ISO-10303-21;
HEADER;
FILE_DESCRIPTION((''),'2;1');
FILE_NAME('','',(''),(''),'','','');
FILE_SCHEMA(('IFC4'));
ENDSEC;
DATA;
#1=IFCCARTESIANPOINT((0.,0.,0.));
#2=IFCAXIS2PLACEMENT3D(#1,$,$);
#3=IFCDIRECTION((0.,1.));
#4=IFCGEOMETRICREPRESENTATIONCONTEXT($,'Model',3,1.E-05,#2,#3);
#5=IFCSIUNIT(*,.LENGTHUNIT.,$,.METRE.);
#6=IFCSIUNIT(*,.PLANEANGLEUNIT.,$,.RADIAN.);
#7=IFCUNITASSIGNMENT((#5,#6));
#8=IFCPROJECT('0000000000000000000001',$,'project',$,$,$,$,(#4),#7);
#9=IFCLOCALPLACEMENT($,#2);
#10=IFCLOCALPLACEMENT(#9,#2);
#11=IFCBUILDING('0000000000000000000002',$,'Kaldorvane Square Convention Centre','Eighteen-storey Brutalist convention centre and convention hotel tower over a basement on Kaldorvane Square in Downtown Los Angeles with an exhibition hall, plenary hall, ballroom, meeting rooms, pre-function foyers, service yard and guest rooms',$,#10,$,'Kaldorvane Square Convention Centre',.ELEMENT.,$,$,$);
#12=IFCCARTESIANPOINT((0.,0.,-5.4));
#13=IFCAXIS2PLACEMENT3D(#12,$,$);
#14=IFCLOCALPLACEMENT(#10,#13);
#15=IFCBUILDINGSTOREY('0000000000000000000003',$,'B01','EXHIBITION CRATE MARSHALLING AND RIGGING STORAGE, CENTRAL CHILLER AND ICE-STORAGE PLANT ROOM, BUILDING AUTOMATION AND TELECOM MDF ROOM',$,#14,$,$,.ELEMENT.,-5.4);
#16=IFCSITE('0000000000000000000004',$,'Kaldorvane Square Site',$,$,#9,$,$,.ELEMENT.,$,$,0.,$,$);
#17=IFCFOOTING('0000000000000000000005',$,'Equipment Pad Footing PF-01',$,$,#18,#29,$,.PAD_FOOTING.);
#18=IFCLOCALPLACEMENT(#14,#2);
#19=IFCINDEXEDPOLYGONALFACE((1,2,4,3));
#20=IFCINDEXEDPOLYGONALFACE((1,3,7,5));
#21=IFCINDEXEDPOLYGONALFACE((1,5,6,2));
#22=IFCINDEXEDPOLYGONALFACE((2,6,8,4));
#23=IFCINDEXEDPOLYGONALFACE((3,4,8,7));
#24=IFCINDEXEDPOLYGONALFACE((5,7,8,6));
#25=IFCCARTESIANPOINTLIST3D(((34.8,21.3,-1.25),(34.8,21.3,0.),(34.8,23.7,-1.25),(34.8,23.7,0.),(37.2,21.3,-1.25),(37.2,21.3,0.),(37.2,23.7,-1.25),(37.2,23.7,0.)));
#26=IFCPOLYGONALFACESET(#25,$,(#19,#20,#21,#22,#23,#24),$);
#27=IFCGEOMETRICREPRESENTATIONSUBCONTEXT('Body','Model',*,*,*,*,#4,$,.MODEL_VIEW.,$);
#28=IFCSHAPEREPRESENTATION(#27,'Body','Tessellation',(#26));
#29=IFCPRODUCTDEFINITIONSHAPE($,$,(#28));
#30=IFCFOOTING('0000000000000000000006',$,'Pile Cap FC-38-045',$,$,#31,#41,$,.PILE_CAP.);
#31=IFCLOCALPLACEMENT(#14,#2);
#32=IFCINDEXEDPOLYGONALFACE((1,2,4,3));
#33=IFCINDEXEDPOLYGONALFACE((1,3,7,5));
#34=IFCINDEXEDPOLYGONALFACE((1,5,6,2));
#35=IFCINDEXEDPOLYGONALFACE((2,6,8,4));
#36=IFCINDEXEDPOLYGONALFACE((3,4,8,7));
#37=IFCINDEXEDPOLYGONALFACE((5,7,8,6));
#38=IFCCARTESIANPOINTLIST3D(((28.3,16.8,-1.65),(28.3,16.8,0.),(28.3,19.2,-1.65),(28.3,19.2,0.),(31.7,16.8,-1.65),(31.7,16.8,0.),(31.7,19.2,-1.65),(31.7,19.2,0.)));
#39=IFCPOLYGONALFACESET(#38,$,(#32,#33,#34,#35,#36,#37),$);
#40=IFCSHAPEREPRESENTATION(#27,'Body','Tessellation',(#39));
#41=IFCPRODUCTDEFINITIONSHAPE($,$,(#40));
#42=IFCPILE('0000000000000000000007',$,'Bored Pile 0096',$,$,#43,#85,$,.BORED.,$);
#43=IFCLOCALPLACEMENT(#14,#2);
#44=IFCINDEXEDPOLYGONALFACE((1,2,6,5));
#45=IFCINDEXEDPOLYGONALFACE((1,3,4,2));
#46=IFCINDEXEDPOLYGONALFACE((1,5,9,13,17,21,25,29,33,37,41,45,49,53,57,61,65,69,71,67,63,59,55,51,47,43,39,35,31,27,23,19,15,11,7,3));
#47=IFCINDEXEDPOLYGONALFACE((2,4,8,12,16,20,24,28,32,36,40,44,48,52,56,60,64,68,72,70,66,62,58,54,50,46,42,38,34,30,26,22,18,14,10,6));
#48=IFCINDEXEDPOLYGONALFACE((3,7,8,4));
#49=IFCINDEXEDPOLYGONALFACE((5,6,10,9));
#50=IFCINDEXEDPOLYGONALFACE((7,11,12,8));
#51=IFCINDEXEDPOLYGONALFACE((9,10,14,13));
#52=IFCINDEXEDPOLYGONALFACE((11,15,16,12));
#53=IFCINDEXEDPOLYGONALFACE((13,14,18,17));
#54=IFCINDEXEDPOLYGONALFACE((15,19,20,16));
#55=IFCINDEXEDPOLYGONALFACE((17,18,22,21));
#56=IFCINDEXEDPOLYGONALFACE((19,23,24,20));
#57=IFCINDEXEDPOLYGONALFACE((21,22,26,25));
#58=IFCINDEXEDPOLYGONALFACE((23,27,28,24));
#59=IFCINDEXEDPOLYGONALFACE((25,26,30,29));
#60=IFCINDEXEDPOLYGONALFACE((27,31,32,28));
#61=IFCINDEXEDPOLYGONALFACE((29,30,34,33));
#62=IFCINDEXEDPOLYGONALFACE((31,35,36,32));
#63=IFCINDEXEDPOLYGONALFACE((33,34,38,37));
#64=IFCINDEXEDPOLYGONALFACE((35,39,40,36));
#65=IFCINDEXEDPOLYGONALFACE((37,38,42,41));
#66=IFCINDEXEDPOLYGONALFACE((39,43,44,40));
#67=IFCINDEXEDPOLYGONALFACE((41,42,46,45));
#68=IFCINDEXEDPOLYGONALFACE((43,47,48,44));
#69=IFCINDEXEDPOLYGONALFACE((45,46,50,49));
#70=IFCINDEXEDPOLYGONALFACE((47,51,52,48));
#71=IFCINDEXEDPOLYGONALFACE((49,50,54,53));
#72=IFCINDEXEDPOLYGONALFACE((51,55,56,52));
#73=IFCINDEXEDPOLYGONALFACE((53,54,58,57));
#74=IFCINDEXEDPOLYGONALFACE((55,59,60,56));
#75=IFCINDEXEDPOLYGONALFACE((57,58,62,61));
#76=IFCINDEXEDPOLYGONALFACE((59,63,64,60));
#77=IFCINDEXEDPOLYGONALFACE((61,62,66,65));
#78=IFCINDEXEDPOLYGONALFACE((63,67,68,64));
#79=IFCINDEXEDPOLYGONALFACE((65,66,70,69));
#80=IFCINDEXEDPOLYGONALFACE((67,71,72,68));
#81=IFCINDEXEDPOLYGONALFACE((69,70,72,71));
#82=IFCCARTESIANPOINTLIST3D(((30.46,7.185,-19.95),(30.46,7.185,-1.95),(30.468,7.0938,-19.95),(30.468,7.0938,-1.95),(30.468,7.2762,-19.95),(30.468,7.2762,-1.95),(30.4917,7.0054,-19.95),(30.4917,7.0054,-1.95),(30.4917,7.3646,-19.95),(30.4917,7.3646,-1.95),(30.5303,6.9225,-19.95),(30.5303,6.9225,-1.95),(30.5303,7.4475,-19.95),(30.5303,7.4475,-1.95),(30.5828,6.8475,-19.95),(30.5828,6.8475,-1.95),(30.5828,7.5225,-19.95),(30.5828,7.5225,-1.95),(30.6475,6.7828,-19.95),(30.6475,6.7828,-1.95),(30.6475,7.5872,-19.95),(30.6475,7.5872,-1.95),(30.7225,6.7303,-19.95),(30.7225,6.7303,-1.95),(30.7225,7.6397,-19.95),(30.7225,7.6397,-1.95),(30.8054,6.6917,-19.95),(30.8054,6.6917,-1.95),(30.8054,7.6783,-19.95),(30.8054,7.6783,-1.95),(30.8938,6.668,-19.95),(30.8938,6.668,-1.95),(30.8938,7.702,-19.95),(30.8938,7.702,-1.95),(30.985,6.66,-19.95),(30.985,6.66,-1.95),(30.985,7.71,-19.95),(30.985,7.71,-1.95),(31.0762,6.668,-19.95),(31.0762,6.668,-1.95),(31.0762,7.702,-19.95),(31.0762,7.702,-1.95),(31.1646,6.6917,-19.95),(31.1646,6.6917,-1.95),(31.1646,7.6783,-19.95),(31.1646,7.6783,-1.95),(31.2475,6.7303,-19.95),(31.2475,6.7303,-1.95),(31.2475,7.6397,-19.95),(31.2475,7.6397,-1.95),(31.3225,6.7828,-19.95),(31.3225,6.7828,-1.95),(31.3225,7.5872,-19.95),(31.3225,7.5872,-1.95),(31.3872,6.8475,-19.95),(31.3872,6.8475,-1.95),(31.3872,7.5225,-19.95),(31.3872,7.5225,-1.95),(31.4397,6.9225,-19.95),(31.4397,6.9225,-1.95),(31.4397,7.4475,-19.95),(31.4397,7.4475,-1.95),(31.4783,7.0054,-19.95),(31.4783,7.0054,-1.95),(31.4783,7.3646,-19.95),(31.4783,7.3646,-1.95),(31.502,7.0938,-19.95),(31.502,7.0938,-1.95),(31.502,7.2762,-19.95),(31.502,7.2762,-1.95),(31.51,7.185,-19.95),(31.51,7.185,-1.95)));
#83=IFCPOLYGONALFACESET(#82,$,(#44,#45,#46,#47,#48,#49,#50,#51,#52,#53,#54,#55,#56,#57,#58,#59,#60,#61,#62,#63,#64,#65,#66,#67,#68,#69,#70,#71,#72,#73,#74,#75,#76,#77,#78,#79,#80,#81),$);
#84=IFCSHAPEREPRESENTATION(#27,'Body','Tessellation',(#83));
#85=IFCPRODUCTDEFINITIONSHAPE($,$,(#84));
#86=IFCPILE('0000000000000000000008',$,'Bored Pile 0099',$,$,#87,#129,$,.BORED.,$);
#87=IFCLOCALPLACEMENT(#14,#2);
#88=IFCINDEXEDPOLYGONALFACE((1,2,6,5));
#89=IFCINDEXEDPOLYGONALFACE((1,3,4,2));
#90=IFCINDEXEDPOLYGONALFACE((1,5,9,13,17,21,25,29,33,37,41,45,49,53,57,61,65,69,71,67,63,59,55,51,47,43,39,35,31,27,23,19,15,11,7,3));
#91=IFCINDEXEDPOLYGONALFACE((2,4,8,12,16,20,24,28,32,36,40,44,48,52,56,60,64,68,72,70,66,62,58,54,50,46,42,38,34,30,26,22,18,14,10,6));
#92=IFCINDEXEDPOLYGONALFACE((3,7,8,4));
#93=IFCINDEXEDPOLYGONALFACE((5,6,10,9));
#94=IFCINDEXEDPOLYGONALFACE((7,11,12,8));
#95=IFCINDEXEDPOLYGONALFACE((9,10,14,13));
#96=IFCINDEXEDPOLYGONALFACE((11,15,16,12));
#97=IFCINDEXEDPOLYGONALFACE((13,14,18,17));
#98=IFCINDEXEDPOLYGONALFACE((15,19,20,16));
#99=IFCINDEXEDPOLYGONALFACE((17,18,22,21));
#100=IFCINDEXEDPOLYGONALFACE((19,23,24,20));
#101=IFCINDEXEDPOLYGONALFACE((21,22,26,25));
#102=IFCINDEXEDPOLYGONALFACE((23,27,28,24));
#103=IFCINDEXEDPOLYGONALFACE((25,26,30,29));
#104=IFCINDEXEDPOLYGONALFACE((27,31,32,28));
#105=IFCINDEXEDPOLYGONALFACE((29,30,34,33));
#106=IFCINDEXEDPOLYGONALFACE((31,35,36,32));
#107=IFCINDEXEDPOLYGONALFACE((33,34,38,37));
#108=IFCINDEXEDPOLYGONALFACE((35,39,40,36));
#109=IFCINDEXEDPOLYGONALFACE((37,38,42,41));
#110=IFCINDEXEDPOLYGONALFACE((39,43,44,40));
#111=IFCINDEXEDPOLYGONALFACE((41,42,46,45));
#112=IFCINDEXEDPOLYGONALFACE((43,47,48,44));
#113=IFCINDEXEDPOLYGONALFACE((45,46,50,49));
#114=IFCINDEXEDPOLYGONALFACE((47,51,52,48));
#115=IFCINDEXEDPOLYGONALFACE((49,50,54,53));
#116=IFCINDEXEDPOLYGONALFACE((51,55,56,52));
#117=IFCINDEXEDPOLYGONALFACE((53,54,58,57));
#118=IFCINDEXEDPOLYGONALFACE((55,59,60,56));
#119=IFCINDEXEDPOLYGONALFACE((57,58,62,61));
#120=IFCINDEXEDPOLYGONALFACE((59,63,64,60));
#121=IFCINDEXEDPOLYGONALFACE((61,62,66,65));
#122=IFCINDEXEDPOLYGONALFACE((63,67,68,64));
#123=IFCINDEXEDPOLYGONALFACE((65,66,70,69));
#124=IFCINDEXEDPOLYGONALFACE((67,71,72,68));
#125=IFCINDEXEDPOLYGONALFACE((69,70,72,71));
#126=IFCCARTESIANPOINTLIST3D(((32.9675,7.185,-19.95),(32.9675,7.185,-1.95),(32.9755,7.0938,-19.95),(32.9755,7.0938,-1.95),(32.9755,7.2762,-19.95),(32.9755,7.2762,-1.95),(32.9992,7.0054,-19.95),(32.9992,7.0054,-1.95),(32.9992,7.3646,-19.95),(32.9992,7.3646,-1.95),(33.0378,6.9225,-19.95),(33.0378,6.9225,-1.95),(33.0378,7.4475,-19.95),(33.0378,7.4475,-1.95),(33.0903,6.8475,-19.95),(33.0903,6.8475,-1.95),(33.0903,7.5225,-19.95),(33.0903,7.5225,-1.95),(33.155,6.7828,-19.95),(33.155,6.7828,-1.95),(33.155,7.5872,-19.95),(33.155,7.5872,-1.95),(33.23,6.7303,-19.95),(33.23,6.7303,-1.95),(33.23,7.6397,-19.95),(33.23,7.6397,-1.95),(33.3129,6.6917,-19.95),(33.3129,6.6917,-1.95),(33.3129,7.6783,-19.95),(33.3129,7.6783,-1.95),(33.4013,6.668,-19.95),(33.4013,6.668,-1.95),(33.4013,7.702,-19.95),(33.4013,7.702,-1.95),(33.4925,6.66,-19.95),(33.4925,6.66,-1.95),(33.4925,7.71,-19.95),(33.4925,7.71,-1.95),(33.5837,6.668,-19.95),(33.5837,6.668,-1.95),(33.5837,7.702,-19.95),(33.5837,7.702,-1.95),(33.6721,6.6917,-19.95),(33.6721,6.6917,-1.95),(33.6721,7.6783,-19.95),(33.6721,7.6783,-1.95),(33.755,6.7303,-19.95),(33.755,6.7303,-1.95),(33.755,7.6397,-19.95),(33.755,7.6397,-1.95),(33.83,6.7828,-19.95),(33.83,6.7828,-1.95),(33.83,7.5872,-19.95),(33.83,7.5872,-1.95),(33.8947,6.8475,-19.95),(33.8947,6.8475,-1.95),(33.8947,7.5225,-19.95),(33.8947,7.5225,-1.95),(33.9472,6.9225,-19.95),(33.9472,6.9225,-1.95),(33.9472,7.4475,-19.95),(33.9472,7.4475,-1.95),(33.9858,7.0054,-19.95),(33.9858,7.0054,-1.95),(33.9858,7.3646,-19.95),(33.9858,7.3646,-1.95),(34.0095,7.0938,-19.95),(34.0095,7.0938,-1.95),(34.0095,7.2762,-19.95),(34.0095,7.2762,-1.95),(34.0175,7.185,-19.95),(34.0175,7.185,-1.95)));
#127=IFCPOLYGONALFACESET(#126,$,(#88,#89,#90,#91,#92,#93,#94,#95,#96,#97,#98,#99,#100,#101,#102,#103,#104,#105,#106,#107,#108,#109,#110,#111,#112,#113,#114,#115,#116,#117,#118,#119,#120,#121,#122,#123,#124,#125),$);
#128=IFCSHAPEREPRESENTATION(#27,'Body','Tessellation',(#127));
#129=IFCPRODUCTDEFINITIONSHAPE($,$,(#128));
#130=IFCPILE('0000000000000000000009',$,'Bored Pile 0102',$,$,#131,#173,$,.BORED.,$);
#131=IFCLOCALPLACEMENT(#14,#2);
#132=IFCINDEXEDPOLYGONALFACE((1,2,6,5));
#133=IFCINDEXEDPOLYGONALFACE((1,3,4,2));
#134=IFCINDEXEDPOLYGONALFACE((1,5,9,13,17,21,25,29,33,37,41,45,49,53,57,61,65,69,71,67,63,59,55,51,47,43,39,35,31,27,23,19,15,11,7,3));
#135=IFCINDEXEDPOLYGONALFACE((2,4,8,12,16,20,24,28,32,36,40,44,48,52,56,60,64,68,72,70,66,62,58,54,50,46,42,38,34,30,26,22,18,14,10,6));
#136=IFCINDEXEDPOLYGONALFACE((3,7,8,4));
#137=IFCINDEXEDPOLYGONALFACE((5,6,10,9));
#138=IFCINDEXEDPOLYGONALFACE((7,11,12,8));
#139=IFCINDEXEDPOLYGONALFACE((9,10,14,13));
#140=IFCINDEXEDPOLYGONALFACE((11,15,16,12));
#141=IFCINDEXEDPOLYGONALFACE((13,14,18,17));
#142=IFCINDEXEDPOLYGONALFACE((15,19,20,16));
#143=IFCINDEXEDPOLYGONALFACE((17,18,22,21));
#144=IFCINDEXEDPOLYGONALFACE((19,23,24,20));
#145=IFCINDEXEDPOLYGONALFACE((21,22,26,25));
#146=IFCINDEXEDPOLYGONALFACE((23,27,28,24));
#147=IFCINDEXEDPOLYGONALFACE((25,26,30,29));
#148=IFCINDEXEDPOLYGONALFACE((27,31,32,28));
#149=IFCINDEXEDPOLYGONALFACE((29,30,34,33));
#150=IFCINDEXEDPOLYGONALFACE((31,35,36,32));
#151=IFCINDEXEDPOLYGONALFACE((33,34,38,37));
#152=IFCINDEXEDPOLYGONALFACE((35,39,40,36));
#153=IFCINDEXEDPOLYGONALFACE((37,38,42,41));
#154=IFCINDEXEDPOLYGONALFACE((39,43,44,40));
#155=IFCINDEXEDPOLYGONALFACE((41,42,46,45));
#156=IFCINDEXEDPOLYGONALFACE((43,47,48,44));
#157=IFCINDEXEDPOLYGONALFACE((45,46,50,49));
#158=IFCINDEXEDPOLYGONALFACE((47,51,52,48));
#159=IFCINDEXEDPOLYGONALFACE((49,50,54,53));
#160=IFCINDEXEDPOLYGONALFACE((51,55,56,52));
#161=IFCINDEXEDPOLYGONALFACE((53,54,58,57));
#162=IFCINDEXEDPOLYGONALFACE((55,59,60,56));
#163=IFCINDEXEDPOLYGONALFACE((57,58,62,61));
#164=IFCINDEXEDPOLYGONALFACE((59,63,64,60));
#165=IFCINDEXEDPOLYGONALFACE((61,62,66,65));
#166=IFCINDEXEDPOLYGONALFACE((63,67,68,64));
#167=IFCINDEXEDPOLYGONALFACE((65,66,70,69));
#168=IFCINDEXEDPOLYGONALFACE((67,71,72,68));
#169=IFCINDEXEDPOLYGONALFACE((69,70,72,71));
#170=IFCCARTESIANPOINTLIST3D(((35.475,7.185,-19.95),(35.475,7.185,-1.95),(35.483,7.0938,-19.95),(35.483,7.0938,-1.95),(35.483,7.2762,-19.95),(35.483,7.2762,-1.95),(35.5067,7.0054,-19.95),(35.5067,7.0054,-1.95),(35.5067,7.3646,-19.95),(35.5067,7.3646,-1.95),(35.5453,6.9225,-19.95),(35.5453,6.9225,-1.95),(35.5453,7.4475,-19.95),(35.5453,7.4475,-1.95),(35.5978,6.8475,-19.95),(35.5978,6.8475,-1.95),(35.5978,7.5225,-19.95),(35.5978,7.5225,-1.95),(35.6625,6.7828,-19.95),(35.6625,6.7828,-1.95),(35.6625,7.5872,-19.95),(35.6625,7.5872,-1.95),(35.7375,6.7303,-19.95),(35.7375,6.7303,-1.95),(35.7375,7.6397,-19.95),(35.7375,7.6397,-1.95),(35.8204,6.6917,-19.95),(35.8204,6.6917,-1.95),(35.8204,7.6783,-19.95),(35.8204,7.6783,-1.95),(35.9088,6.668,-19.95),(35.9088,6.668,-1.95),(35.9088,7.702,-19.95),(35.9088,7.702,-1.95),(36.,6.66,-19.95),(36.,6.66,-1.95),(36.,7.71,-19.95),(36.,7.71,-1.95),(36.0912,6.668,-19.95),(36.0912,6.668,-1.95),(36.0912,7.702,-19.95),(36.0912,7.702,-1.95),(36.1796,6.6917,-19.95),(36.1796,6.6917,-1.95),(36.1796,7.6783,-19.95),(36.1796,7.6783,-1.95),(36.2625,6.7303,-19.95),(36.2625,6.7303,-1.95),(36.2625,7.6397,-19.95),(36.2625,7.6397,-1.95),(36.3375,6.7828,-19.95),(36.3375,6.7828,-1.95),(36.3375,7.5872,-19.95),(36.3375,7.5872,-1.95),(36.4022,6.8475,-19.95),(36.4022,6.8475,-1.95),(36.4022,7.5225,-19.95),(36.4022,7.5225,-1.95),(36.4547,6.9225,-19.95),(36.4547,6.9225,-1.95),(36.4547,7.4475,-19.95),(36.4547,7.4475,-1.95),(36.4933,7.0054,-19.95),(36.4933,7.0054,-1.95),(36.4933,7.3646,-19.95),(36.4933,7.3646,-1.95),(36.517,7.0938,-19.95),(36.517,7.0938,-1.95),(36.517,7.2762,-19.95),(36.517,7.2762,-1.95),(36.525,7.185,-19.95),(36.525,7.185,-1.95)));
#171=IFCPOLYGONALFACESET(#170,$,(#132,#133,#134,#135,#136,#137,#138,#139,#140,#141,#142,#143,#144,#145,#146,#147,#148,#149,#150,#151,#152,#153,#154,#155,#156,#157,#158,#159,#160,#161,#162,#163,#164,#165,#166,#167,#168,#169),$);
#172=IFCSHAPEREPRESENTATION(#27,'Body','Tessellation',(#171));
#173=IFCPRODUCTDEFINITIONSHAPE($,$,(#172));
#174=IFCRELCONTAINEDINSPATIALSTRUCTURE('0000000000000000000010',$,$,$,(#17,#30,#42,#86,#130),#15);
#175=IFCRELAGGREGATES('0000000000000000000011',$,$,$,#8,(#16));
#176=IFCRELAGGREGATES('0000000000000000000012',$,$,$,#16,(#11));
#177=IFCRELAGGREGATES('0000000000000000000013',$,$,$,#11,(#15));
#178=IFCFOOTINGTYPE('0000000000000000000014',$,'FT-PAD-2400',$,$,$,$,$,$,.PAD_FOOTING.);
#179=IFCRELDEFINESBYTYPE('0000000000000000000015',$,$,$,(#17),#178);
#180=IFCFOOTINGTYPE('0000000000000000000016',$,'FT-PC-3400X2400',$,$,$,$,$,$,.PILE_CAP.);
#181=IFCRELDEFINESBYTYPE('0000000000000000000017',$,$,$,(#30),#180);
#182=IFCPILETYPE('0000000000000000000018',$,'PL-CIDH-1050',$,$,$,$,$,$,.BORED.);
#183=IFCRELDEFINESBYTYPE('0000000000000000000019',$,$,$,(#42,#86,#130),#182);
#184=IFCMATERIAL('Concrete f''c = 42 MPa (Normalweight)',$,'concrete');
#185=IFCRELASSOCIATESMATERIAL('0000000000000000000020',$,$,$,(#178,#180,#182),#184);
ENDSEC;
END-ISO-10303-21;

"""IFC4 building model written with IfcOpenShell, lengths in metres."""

from ifc_helpers import new_model, si_unit, direction, frame, origin, origin_2d, place, context, subcontext, project, spatial, rectangle, circle, extrude, material, material_profile, profile_set, type_object, element, save


model = new_model("IFC4")

# Units and contexts
model_context = context("Model", 3, precision=1e-05, world=origin(), true_north=direction((0.0, 1.0)))
body_context = subcontext(model_context, "Body", "Model", "MODEL_VIEW")
ifc_project = project(units=[si_unit("LENGTHUNIT", "METRE"), si_unit("PLANEANGLEUNIT", "RADIAN")], contexts=[model_context])

# Site, building, storey
site_placement = place(None, origin())
site = spatial("IfcSite", under=ifc_project, at=site_placement, Name="Kaldorvane Square Site", CompositionType="ELEMENT", RefElevation=0.0)
building_placement = place(site_placement, origin())
building = spatial("IfcBuilding", under=site, at=building_placement, Name="Kaldorvane Square Convention Centre", Description="Eighteen-storey Brutalist convention centre and convention hotel tower over a basement on Kaldorvane Square in Downtown Los Angeles with an exhibition hall, plenary hall, ballroom, meeting rooms, pre-function foyers, service yard and guest rooms", LongName="Kaldorvane Square Convention Centre", CompositionType="ELEMENT")
storey_placement = place(building_placement, frame((0.0, 0.0, -5.4)))
storey = spatial("IfcBuildingStorey", under=building, at=storey_placement, Name="B01", Description="EXHIBITION CRATE MARSHALLING AND RIGGING STORAGE, CENTRAL CHILLER AND ICE-STORAGE PLANT ROOM, BUILDING AUTOMATION AND TELECOM MDF ROOM", CompositionType="ELEMENT", Elevation=-5.4)

# Footings
ifc_material_1 = material(Name="Concrete f'c = 42 MPa (Normalweight)", Category="concrete")
footing_type_1 = type_object("IfcFootingType", Name="FT-PAD-2400", PredefinedType="PAD_FOOTING", material=ifc_material_1)
footing_1_placement = place(storey_placement, frame((36.0, 22.5, -1.25), z_axis=(0.0, 0.0, 1.0), x_axis=(1.0, 0.0, 0.0)))
element("IfcFooting", 1, at=footing_1_placement, inside=storey, type_object=footing_type_1, Name="Equipment Pad Footing PF-01", PredefinedType="PAD_FOOTING", context=body_context, shape_type="SweptSolid", body=[
    extrude(rectangle(XDim=2.4, YDim=2.4, at=origin_2d()), origin(), (0.0, 0.0, 1.0), 1.25),
])
footing_type_2 = type_object("IfcFootingType", Name="FT-PC-3400X2400", PredefinedType="PILE_CAP", material=ifc_material_1)
footing_2_placement = place(storey_placement, frame((30.0, 18.0, -1.65), z_axis=(0.0, 0.0, 1.0), x_axis=(1.0, 0.0, 0.0)))
element("IfcFooting", 2, at=footing_2_placement, inside=storey, type_object=footing_type_2, Name="Pile Cap FC-38-045", PredefinedType="PILE_CAP", context=body_context, shape_type="SweptSolid", body=[
    extrude(rectangle(XDim=3.4, YDim=2.4, at=origin_2d()), origin(), (0.0, 0.0, 1.0), 1.65),
])

# Piles
ifc_material_profile_1 = material_profile(ifc_material_1, circle(Radius=0.525, at=origin_2d()), Name="PILE-D1050")
ifc_profile_set_1 = profile_set([ifc_material_profile_1], Name="Concrete f'c = 42 MPa (Normalweight)")
pile_type_1 = type_object("IfcPileType", Name="PL-CIDH-1050", PredefinedType="BORED", material=ifc_profile_set_1)
for number, where, z_axis, x_axis, name in (
    (3, (30.985, 7.185, -1.95), (0.0, 0.0, -1.0), (1.0, 0.0, 0.0), "Bored Pile 0096"),
    (4, (33.4925, 7.185, -1.95), (0.0, 0.0, -1.0), (1.0, 0.0, 0.0), "Bored Pile 0099"),
    (5, (36.0, 7.185, -1.95), (0.0, 0.0, -1.0), (1.0, 0.0, 0.0), "Bored Pile 0102"),
):
    element("IfcPile", number, at=place(storey_placement, frame(where, z_axis=z_axis, x_axis=x_axis)), inside=storey, type_object=pile_type_1, Name=name, PredefinedType="BORED", context=body_context, shape_type="SweptSolid", body=[
        extrude(circle(Radius=0.525, at=origin_2d()), origin(), (0.0, 0.0, 1.0), 18.0),
    ])

save(model, "model.ifc")
